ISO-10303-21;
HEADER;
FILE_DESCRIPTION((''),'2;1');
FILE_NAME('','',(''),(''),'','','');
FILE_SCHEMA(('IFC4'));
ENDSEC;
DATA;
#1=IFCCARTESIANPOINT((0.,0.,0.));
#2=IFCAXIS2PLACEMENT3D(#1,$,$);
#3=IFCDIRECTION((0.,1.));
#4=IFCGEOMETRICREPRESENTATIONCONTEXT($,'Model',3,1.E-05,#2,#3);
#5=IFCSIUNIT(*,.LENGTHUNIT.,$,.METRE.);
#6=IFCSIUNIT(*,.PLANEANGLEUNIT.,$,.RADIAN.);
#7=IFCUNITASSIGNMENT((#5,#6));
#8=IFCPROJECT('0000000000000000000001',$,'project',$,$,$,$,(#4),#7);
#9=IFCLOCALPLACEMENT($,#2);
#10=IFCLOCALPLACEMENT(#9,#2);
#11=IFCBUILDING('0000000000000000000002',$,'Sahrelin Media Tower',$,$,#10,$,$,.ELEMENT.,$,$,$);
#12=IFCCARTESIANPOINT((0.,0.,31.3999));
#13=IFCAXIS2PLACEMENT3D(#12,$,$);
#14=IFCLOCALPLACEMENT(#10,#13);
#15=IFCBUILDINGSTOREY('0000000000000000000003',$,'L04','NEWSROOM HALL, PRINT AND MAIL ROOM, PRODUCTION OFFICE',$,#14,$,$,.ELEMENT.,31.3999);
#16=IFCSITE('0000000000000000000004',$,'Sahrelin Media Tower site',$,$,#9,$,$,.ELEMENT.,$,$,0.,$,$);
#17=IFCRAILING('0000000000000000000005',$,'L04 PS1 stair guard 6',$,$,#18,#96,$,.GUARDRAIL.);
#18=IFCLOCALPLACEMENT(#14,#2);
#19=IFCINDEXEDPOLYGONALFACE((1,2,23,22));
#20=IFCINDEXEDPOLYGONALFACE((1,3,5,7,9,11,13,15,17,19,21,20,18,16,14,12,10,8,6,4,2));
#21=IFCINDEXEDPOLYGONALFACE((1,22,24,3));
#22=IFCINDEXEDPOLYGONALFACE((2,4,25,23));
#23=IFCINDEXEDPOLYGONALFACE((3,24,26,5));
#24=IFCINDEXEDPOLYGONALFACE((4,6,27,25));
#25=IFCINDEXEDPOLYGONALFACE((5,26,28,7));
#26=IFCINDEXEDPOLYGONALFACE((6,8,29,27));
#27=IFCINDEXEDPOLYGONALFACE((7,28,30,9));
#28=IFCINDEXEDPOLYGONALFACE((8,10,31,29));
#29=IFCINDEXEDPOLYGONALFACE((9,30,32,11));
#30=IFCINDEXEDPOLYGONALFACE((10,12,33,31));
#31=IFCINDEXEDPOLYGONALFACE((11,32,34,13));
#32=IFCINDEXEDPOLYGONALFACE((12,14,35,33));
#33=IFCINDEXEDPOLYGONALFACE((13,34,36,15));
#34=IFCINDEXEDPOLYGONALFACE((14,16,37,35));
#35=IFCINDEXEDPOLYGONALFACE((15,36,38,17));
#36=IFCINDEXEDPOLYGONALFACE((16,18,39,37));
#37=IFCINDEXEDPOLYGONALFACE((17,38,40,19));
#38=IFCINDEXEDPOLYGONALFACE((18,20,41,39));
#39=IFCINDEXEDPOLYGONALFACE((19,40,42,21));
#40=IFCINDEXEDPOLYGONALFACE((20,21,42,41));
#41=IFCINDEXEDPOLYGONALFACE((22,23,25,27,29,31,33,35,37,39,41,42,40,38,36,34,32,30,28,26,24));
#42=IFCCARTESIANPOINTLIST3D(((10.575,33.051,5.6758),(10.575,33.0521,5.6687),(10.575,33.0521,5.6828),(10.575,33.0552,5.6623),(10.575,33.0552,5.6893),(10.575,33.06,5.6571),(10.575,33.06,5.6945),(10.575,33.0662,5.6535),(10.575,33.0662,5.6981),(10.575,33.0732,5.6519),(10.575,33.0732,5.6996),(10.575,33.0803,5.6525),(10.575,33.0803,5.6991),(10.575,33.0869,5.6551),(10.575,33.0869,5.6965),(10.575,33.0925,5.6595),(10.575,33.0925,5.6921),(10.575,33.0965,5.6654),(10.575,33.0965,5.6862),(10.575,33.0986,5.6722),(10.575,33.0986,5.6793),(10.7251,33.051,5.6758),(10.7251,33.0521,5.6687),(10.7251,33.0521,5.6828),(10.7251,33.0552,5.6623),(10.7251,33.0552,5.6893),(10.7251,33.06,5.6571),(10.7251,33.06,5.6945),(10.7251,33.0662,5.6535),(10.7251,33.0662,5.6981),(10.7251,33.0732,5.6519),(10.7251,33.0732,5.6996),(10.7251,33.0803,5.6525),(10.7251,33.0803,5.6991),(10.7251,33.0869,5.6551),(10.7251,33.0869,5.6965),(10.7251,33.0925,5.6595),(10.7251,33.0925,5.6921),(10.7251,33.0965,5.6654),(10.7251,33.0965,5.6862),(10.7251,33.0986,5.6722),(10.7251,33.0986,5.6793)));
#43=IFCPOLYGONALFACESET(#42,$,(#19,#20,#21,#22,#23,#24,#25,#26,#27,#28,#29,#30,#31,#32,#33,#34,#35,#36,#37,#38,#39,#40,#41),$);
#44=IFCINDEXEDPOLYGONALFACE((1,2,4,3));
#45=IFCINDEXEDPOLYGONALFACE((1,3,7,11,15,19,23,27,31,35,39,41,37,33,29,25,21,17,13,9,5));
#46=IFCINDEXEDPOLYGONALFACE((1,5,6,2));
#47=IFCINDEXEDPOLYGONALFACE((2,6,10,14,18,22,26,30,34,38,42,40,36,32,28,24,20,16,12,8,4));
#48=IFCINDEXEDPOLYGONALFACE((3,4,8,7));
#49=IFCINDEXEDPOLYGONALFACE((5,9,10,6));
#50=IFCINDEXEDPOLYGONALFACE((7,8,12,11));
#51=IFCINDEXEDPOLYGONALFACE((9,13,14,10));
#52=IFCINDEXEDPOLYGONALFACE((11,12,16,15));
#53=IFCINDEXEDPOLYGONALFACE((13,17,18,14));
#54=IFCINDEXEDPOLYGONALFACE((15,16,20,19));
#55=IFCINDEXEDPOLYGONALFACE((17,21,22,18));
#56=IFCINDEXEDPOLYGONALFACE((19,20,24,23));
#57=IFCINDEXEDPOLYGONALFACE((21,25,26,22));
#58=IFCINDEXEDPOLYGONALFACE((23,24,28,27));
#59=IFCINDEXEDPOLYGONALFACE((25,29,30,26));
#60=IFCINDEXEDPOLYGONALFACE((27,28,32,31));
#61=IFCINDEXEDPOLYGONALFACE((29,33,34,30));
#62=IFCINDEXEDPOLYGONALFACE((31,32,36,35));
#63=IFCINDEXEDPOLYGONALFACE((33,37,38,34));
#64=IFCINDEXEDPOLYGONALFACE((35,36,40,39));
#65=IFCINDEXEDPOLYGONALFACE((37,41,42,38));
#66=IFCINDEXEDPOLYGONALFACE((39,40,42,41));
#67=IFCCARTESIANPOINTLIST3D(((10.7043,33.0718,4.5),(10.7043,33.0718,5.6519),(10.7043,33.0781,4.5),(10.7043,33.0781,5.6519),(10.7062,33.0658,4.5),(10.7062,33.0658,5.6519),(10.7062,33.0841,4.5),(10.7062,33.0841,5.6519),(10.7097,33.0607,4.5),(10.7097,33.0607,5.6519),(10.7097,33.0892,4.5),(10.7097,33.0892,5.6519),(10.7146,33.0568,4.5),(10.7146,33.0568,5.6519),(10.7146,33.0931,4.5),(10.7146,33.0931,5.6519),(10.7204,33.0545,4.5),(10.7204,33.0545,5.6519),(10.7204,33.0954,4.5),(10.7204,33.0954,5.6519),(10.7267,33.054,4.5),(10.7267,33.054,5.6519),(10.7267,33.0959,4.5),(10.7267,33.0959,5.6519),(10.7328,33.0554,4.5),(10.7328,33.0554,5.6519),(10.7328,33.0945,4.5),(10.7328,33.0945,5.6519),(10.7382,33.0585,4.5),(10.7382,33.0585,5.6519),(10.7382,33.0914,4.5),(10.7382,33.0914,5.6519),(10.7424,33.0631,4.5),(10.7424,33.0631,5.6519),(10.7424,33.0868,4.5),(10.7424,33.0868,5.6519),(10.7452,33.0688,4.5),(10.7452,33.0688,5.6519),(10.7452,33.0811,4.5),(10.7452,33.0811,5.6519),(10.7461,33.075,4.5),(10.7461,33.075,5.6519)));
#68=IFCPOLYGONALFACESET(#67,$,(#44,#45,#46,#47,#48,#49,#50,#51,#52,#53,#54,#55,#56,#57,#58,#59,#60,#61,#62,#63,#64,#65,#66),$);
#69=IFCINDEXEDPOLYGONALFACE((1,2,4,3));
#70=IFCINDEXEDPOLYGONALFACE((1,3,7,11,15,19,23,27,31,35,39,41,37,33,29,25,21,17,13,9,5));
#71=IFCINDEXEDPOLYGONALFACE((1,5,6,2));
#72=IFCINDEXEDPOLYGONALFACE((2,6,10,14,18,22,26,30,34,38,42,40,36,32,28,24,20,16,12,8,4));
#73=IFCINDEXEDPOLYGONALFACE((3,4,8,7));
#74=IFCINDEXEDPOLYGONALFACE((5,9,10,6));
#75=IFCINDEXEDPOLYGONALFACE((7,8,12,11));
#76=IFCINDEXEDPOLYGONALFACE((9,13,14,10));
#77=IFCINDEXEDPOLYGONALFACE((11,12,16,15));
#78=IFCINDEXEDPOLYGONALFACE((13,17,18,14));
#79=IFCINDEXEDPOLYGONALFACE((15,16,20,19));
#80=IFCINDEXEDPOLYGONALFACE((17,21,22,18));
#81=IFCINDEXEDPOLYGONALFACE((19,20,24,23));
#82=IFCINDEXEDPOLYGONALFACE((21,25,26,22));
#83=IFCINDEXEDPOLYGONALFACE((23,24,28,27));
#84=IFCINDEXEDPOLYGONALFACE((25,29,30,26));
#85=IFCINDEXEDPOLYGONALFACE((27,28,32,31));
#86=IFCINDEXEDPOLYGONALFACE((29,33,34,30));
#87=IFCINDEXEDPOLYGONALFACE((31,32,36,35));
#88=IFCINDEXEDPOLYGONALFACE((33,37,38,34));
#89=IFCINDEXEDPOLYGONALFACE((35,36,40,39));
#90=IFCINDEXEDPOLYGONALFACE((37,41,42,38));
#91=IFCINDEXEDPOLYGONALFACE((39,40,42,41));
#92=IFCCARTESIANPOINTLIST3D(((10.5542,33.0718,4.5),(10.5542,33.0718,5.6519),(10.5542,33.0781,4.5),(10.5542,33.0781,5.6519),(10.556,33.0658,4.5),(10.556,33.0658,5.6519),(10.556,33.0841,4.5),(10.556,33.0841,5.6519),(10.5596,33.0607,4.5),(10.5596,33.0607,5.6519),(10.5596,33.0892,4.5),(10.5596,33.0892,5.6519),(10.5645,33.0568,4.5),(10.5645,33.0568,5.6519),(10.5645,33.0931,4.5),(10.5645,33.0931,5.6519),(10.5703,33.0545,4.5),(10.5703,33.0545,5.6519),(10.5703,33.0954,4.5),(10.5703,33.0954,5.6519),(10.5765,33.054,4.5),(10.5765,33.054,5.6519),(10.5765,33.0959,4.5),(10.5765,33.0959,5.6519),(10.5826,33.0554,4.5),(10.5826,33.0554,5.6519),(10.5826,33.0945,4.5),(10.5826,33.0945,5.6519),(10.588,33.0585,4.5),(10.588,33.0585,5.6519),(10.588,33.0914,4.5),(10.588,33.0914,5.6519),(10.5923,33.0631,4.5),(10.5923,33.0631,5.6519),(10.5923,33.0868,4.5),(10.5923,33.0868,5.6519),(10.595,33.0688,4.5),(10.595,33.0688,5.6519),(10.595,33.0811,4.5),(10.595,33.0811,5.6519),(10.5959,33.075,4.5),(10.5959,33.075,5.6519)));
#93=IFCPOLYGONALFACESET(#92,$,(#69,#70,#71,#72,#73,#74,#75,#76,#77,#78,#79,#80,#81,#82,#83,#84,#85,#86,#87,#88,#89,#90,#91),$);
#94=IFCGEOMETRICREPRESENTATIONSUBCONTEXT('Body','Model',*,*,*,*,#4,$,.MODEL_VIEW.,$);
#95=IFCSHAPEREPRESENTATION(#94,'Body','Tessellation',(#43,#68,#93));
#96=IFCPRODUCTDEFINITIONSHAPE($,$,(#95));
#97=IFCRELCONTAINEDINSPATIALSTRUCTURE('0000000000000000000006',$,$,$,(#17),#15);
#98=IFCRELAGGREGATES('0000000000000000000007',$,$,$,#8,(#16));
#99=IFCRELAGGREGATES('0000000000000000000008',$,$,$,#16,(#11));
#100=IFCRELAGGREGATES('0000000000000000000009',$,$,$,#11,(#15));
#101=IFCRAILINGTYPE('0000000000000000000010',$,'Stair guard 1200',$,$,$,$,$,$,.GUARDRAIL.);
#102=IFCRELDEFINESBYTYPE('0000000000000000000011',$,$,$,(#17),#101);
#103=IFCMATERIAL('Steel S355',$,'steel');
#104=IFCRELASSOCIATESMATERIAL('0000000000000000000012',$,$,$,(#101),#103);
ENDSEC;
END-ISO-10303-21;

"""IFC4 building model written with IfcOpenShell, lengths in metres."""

from ifc_helpers import new_model, si_unit, direction, frame, origin, origin_2d, place, context, subcontext, project, spatial, circle, extrude, material, type_object, element, save


model = new_model("IFC4")

# Units and contexts
model_context = context("Model", 3, precision=1e-05, world=origin(), true_north=direction((0.0, 1.0)))
body_context = subcontext(model_context, "Body", "Model", "MODEL_VIEW")
ifc_project = project(units=[si_unit("LENGTHUNIT", "METRE"), si_unit("PLANEANGLEUNIT", "RADIAN")], contexts=[model_context])

# Site, building, storey
site_placement = place(None, origin())
site = spatial("IfcSite", under=ifc_project, at=site_placement, Name="Sahrelin Media Tower site", CompositionType="ELEMENT", RefElevation=0.0)
building_placement = place(site_placement, origin())
building = spatial("IfcBuilding", under=site, at=building_placement, Name="Sahrelin Media Tower", CompositionType="ELEMENT")
storey_placement = place(building_placement, frame((0.0, 0.0, 31.3999)))
storey = spatial("IfcBuildingStorey", under=building, at=storey_placement, Name="L04", Description="NEWSROOM HALL, PRINT AND MAIL ROOM, PRODUCTION OFFICE", CompositionType="ELEMENT", Elevation=31.3999)

# Shared definitions
ifc_material_1 = material(Name="Steel S355", Category="steel")

# Railing
railing_type_1 = type_object("IfcRailingType", Name="Stair guard 1200", PredefinedType="GUARDRAIL", material=ifc_material_1)
railing_1_placement = place(storey_placement, frame((10.7251, 33.075, 4.5)))
element("IfcRailing", 1, at=railing_1_placement, inside=storey, type_object=railing_type_1, Name="L04 PS1 stair guard 6", PredefinedType="GUARDRAIL", context=body_context, shape_type="SweptSolid", body=[
    extrude(circle(Radius=0.0239, at=origin_2d()), frame((0.0, 0.0, 1.1758), z_axis=(-1.0, 0.0, 0.0), x_axis=(0.0, -1.0, 0.0)), (0.0, 0.0, 1.0), 0.1501),
    extrude(circle(Radius=0.021, at=origin_2d()), origin(), (0.0, 0.0, 1.0), 1.1519),
    extrude(circle(Radius=0.021, at=origin_2d()), frame((-0.1501, 0.0, 0.0)), (0.0, 0.0, 1.0), 1.1519),
])

save(model, "model.ifc")
